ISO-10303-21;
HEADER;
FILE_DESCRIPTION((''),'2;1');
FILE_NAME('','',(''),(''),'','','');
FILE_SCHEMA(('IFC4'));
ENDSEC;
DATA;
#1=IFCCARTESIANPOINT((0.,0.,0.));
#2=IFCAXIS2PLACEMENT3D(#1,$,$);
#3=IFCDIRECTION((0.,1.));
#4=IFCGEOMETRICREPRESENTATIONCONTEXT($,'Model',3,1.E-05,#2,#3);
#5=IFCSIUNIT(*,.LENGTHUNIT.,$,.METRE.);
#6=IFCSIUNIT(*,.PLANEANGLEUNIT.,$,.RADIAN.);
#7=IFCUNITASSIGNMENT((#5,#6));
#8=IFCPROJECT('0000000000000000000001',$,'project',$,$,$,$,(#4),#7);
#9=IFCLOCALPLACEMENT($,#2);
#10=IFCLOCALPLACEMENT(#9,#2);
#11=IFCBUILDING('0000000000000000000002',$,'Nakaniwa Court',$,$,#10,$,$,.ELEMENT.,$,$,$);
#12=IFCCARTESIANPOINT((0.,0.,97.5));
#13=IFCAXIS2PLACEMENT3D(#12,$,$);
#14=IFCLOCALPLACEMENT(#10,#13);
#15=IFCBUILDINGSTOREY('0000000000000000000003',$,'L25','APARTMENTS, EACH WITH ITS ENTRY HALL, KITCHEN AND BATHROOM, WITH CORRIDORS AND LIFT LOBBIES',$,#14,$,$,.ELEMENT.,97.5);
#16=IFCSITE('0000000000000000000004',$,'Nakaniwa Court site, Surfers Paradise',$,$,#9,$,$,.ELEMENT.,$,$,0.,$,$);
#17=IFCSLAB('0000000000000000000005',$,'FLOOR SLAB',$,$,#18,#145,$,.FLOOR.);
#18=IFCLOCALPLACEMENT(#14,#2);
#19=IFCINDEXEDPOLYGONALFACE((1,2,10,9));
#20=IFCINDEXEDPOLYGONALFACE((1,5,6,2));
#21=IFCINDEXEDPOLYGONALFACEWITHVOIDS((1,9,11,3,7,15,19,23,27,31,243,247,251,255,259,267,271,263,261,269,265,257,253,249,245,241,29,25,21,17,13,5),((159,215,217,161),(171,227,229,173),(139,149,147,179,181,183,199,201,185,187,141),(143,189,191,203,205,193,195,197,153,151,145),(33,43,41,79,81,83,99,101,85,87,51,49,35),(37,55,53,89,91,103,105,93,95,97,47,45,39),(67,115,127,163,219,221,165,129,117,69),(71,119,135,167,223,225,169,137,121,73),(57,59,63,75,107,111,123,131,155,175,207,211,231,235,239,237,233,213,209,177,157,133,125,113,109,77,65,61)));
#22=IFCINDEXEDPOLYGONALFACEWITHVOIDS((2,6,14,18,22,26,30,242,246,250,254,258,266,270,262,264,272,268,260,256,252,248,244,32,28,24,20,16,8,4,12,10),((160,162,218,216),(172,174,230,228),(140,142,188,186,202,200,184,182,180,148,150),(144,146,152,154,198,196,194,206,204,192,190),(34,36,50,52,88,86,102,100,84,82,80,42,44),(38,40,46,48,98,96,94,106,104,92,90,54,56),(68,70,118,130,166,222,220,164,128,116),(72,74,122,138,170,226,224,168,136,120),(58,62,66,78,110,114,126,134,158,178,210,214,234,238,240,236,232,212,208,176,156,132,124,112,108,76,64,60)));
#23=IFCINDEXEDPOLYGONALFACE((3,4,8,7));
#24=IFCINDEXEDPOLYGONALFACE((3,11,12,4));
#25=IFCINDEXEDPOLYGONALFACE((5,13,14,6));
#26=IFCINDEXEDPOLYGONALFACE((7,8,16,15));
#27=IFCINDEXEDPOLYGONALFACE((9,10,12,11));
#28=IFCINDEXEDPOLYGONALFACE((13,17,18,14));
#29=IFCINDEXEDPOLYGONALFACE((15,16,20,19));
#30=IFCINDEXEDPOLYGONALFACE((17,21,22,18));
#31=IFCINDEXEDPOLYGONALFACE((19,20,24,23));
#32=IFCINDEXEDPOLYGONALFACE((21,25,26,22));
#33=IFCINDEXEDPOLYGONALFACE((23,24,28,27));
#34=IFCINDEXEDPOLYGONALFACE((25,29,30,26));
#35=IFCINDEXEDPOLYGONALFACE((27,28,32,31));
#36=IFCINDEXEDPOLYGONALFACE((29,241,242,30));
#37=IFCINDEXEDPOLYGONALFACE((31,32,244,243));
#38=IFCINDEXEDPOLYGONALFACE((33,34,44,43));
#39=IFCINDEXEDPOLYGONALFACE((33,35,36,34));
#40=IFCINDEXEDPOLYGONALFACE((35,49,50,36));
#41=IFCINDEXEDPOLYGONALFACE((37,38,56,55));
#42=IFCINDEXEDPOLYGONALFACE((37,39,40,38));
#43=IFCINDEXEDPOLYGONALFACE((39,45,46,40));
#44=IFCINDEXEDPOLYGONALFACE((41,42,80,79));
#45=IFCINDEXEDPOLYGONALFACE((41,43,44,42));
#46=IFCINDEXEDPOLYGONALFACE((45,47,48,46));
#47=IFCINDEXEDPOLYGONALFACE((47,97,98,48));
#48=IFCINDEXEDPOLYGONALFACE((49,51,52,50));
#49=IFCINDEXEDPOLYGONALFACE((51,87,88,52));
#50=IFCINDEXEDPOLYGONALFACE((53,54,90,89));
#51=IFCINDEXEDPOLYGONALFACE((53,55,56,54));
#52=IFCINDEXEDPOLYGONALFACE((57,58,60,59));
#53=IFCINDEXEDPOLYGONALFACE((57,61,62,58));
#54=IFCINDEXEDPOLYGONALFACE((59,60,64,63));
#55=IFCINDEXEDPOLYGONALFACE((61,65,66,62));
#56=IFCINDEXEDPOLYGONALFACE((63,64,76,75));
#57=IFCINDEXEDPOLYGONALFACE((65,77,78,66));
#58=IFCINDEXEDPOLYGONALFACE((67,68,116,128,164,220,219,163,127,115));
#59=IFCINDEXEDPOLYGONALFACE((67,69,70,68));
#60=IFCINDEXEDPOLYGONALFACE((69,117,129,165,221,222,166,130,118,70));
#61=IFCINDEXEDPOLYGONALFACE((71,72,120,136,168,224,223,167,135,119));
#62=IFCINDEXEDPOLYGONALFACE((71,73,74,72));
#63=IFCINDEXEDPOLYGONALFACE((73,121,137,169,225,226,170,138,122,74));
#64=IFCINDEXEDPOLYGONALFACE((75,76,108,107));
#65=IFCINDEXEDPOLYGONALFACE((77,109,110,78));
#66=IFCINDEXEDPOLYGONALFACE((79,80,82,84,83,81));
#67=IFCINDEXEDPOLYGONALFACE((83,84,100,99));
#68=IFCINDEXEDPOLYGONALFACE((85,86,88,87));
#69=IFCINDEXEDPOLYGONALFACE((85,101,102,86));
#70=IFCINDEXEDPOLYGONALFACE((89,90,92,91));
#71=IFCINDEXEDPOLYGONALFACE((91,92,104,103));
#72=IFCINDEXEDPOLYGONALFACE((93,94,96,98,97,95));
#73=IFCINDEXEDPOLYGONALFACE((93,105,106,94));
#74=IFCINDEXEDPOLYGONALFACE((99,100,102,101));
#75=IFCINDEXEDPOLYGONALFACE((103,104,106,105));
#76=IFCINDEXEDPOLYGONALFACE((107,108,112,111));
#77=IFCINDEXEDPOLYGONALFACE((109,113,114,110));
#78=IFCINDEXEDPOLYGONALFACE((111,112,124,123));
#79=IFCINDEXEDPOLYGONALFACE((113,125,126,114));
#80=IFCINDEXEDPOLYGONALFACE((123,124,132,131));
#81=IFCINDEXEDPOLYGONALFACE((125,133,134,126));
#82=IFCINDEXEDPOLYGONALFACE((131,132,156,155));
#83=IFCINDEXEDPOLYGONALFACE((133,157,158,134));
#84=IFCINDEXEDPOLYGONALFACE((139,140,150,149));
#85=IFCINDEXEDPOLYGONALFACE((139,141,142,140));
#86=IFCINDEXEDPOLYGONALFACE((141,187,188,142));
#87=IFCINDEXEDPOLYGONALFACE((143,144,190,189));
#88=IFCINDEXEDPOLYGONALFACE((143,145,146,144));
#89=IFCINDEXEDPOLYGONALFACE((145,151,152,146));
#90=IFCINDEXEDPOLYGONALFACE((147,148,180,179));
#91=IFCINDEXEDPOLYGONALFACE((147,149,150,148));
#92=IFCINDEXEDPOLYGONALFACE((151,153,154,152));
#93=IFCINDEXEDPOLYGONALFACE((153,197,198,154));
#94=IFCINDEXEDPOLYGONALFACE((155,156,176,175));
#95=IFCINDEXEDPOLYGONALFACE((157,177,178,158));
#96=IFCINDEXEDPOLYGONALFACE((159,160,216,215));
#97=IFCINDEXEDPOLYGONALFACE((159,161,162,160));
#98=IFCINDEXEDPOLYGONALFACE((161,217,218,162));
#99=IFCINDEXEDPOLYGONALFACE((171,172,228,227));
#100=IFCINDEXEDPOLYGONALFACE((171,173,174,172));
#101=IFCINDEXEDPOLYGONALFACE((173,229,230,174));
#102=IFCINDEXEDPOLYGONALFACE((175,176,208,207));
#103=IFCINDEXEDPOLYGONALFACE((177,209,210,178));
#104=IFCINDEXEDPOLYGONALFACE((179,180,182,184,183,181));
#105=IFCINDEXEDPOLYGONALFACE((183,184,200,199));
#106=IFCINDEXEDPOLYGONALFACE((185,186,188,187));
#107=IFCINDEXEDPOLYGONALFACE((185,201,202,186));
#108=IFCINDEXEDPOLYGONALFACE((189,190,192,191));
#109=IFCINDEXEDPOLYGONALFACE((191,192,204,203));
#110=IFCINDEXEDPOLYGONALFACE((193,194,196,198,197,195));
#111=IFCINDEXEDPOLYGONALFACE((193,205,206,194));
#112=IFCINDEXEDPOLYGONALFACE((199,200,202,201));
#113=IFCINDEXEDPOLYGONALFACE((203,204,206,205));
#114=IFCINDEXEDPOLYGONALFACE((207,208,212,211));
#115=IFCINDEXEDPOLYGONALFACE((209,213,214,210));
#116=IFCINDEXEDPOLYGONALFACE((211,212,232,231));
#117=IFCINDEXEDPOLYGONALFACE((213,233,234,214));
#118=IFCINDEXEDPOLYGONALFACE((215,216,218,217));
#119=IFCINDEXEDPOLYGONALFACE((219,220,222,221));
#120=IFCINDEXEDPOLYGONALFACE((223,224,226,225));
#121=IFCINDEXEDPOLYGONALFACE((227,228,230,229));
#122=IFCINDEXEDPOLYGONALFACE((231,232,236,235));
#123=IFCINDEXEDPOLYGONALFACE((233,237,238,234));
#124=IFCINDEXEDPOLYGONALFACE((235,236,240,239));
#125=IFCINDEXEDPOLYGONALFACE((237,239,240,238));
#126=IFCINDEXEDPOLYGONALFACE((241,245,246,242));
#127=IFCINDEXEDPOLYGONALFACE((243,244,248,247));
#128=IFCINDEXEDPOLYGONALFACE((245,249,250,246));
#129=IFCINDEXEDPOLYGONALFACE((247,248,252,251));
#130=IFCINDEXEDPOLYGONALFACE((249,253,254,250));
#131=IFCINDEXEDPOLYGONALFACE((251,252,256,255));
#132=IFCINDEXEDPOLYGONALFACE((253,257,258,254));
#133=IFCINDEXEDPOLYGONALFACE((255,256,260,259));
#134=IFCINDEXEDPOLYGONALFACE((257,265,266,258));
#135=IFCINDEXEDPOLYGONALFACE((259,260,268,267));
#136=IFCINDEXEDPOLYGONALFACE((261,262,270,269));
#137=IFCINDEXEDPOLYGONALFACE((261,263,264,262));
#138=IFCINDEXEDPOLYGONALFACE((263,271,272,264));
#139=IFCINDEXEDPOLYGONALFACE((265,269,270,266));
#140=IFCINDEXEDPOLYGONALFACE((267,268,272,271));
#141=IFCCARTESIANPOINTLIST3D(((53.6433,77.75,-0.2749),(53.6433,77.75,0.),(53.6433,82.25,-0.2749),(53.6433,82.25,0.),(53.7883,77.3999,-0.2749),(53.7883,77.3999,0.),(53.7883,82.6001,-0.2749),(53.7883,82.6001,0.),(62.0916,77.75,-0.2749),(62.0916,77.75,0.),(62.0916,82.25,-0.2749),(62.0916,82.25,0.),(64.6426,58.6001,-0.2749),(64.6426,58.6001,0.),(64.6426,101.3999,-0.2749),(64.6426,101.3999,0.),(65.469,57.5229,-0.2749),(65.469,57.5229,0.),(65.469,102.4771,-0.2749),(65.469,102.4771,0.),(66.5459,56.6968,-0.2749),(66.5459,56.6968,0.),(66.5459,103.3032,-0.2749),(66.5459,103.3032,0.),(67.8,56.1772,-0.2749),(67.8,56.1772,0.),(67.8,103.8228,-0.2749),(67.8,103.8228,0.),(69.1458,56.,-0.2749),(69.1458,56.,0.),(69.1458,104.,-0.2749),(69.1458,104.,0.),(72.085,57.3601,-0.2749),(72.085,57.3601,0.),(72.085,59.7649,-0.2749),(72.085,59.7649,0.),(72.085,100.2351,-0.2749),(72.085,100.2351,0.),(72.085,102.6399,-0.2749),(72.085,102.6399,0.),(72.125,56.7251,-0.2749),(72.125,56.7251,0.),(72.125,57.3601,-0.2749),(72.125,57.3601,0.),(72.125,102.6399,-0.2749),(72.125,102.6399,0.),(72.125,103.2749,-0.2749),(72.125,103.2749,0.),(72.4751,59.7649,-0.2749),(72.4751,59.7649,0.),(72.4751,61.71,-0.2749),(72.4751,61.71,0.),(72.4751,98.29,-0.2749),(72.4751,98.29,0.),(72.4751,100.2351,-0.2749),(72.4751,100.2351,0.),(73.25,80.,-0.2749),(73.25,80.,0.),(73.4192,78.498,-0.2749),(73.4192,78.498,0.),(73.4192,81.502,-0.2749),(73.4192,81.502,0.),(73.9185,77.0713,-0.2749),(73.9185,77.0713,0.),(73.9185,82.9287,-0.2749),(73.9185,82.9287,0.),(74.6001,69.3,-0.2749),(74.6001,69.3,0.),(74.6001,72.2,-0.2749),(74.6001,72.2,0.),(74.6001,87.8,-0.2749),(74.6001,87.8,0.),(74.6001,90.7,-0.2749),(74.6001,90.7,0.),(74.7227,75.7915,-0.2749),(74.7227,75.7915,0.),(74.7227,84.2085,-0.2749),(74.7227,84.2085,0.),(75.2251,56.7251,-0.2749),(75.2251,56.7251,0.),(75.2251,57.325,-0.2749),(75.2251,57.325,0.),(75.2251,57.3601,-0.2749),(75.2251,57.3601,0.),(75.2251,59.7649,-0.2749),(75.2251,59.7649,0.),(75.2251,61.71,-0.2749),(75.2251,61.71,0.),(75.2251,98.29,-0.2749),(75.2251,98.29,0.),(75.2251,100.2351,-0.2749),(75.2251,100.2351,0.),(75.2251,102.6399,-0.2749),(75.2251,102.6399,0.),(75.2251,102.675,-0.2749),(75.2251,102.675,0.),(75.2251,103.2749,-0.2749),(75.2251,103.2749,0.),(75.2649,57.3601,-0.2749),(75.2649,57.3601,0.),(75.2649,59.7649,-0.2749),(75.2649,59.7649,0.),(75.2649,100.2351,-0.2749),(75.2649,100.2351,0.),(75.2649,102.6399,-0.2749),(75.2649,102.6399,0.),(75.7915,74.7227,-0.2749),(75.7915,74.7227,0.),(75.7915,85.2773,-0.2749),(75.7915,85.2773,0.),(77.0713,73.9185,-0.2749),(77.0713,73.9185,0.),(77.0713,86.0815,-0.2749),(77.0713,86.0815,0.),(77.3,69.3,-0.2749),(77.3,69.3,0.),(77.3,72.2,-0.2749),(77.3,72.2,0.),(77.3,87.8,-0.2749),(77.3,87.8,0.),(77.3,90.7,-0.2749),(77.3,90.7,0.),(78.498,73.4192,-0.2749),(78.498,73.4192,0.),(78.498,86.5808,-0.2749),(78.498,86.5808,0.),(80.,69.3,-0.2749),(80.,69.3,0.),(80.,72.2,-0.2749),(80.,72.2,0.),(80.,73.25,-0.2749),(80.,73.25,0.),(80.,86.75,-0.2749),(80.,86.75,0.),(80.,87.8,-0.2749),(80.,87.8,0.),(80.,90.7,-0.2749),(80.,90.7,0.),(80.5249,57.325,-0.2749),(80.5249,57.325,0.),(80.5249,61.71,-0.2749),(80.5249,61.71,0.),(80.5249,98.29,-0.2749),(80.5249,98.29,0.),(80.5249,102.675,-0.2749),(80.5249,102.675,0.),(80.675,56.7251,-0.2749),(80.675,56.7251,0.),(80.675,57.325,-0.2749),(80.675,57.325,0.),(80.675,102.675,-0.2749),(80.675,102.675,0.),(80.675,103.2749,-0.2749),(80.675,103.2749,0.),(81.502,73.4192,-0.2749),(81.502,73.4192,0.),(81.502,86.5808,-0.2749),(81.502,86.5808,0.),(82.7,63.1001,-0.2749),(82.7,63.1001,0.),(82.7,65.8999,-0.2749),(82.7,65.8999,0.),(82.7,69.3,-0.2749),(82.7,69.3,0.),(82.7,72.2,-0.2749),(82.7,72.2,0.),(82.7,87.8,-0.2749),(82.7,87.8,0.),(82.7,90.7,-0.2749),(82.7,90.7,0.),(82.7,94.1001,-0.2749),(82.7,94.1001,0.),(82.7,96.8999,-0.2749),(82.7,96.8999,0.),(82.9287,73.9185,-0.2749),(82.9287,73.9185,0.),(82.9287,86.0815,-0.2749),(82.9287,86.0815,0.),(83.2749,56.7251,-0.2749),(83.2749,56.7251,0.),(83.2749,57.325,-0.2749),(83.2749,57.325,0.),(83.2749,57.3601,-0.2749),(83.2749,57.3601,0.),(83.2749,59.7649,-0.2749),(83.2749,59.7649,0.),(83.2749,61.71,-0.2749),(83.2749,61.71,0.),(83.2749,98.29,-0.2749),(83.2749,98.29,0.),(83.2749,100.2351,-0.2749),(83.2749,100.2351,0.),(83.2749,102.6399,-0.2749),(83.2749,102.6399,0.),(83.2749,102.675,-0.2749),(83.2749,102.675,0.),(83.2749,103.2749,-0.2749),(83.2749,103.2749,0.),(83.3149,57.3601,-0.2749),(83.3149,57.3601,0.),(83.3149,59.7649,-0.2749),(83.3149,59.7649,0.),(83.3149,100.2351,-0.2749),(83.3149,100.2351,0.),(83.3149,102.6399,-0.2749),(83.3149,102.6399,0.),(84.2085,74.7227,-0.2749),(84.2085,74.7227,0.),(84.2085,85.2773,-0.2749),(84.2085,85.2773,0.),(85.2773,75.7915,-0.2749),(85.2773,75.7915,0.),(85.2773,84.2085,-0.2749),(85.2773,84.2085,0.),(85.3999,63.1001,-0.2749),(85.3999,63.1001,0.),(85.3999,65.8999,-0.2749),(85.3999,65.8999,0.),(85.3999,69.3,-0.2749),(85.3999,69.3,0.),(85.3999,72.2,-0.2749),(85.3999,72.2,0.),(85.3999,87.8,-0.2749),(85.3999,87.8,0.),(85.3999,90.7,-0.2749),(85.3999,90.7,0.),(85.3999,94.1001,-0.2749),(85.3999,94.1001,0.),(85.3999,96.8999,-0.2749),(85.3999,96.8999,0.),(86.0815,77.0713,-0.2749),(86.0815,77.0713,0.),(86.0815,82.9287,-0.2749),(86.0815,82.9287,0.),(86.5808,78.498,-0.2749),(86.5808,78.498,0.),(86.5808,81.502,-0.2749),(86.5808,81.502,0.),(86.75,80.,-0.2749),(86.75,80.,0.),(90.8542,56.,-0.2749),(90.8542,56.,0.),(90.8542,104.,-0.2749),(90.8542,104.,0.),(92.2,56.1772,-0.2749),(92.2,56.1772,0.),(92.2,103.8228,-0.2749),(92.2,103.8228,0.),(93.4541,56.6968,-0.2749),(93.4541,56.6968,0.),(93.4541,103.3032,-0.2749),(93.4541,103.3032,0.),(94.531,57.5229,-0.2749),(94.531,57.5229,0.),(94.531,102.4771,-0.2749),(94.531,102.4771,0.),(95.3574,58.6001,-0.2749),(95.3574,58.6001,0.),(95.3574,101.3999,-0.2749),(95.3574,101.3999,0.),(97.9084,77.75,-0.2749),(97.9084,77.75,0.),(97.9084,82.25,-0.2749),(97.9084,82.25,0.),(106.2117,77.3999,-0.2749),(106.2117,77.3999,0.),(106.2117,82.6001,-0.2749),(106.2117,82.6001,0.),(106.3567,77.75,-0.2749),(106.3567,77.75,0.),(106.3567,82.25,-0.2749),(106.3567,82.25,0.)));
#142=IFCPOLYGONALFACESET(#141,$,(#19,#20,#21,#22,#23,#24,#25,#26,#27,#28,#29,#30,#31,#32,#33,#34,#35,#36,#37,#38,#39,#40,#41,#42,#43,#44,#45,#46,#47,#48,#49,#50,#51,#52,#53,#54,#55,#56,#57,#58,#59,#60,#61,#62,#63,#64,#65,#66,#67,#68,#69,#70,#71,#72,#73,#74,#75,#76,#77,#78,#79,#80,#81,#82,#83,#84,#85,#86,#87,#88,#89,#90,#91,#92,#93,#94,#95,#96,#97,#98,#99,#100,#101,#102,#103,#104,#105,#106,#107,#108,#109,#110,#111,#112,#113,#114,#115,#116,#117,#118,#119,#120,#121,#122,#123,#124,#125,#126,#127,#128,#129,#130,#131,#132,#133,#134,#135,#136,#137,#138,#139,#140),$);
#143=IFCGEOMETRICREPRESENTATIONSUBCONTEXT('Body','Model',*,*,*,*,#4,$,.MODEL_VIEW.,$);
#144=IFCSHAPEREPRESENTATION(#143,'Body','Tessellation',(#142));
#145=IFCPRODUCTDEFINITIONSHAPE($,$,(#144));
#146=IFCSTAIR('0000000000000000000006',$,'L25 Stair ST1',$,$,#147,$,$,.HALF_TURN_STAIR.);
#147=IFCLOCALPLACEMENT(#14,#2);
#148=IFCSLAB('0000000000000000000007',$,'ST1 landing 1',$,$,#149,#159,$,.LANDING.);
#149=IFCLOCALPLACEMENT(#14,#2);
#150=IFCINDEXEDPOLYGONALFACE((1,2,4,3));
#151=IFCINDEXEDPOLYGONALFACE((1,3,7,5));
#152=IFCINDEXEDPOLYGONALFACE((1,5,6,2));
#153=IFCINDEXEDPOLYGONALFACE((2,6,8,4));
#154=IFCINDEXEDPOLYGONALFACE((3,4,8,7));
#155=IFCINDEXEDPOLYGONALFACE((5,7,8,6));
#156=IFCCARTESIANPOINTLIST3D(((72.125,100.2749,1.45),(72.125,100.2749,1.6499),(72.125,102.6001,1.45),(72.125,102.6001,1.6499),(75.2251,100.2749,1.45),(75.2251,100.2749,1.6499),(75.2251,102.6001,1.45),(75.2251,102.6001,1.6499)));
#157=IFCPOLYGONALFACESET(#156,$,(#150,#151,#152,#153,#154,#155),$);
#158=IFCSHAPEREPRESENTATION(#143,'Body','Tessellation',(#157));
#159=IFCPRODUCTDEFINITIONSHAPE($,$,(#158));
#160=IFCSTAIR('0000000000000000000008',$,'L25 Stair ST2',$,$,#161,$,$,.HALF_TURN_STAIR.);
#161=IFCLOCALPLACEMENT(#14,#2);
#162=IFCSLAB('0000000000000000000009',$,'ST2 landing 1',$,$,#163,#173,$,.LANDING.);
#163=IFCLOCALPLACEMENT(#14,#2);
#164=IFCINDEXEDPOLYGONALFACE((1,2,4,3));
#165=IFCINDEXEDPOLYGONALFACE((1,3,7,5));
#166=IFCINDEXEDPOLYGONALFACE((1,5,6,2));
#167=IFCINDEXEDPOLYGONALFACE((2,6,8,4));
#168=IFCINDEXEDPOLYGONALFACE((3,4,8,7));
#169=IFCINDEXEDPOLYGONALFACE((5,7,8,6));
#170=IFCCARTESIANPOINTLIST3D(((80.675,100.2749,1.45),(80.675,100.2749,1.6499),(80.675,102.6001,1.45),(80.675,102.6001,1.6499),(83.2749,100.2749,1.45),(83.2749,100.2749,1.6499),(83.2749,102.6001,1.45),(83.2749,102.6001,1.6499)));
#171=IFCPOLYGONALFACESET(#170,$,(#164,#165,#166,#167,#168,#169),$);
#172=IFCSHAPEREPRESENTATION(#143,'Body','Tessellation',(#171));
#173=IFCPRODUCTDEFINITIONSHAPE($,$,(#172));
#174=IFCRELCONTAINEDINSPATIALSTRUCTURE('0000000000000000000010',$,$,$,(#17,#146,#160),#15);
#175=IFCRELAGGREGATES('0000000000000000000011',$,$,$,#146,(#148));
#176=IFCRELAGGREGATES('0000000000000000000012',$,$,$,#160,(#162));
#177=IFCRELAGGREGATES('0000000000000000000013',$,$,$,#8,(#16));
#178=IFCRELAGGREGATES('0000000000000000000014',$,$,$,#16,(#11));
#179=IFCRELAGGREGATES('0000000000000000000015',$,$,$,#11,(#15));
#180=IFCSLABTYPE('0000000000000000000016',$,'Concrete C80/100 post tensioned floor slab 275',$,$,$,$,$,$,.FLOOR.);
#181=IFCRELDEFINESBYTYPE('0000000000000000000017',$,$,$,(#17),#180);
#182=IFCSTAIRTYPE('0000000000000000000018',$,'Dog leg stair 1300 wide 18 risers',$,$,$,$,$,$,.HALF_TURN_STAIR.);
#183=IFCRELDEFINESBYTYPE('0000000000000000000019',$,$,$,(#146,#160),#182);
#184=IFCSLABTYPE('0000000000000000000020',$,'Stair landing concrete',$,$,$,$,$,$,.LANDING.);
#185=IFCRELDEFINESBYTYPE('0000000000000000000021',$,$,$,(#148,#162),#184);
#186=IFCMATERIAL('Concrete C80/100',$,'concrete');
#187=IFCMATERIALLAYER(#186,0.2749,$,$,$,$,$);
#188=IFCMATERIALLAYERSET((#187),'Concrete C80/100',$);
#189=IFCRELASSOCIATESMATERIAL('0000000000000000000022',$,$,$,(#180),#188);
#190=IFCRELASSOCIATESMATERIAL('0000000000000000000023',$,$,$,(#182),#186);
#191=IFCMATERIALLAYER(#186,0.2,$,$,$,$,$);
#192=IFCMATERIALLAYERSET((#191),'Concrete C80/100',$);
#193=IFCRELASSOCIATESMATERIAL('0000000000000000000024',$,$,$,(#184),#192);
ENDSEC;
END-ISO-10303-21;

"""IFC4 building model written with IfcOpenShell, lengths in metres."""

from ifc_helpers import new_model, si_unit, direction, frame, origin, place, context, subcontext, project, spatial, polyline, outline, extrude, material, layer, layer_set, type_object, element, aggregate, save


model = new_model("IFC4")

# Units and contexts
model_context = context("Model", 3, precision=1e-05, world=origin(), true_north=direction((0.0, 1.0)))
body_context = subcontext(model_context, "Body", "Model", "MODEL_VIEW")
ifc_project = project(units=[si_unit("LENGTHUNIT", "METRE"), si_unit("PLANEANGLEUNIT", "RADIAN")], contexts=[model_context])

# Site, building, storey
site_placement = place(None, origin())
site = spatial("IfcSite", under=ifc_project, at=site_placement, Name="Nakaniwa Court site, Surfers Paradise", CompositionType="ELEMENT", RefElevation=0.0)
building_placement = place(site_placement, origin())
building = spatial("IfcBuilding", under=site, at=building_placement, Name="Nakaniwa Court", CompositionType="ELEMENT")
storey_placement = place(building_placement, frame((0.0, 0.0, 97.5)))
storey = spatial("IfcBuildingStorey", under=building, at=storey_placement, Name="L25", Description="APARTMENTS, EACH WITH ITS ENTRY HALL, KITCHEN AND BATHROOM, WITH CORRIDORS AND LIFT LOBBIES", CompositionType="ELEMENT", Elevation=97.5)

# Shared definitions
ifc_material_1 = material(Name="Concrete C80/100", Category="concrete")

# Slab
ifc_layer_1 = layer(ifc_material_1, 0.2749)
ifc_layer_set_1 = layer_set([ifc_layer_1], Name="Concrete C80/100")
slab_type_1 = type_object("IfcSlabType", Name="Concrete C80/100 post tensioned floor slab 275", PredefinedType="FLOOR", material=ifc_layer_set_1)
slab_1_placement = place(storey_placement, frame((0.0, 0.0, -0.2749)))
element("IfcSlab", 1, at=slab_1_placement, inside=storey, type_object=slab_type_1, Name="FLOOR SLAB", PredefinedType="FLOOR", context=body_context, shape_type="SweptSolid", body=[
    extrude(outline(polyline([(97.9084, 82.25), (106.3567, 82.25), (106.2117, 82.6001), (95.3574, 101.3999), (94.531, 102.4771), (93.4541, 103.3032), (92.2, 103.8228), (90.8542, 104.0), (69.1458, 104.0), (67.8, 103.8228), (66.5459, 103.3032), (65.469, 102.4771), (64.6426, 101.3999), (53.7883, 82.6001), (53.6433, 82.25), (62.0916, 82.25), (62.0916, 77.75), (53.6433, 77.75), (53.7883, 77.3999), (64.6426, 58.6001), (65.469, 57.5229), (66.5459, 56.6968), (67.8, 56.1772), (69.1458, 56.0), (90.8542, 56.0), (92.2, 56.1772), (93.4541, 56.6968), (94.531, 57.5229), (95.3574, 58.6001), (106.2117, 77.3999), (106.3567, 77.75), (97.9084, 77.75), (97.9084, 82.25)]), holes=[polyline([(81.502, 86.5808), (80.0, 86.75), (78.498, 86.5808), (77.0713, 86.0815), (75.7915, 85.2773), (74.7227, 84.2085), (73.9185, 82.9287), (73.4192, 81.502), (73.25, 80.0), (73.4192, 78.498), (73.9185, 77.0713), (74.7227, 75.7915), (75.7915, 74.7227), (77.0713, 73.9185), (78.498, 73.4192), (80.0, 73.25), (81.502, 73.4192), (82.9287, 73.9185), (84.2085, 74.7227), (85.2773, 75.7915), (86.0815, 77.0713), (86.5808, 78.498), (86.75, 80.0), (86.5808, 81.502), (86.0815, 82.9287), (85.2773, 84.2085), (84.2085, 85.2773), (82.9287, 86.0815), (81.502, 86.5808)]), polyline([(75.2649, 57.3601), (75.2649, 59.7649), (75.2251, 59.7649), (75.2251, 61.71), (72.4751, 61.71), (72.4751, 59.7649), (72.085, 59.7649), (72.085, 57.3601), (72.125, 57.3601), (72.125, 56.7251), (75.2251, 56.7251), (75.2251, 57.325), (75.2251, 57.3601), (75.2649, 57.3601)]), polyline([(80.0, 69.3), (82.7, 69.3), (85.3999, 69.3), (85.3999, 72.2), (82.7, 72.2), (80.0, 72.2), (77.3, 72.2), (74.6001, 72.2), (74.6001, 69.3), (77.3, 69.3), (80.0, 69.3)]), polyline([(80.0, 87.8), (82.7, 87.8), (85.3999, 87.8), (85.3999, 90.7), (82.7, 90.7), (80.0, 90.7), (77.3, 90.7), (74.6001, 90.7), (74.6001, 87.8), (77.3, 87.8), (80.0, 87.8)]), polyline([(75.2649, 100.2351), (75.2649, 102.6399), (75.2251, 102.6399), (75.2251, 102.675), (75.2251, 103.2749), (72.125, 103.2749), (72.125, 102.6399), (72.085, 102.6399), (72.085, 100.2351), (72.4751, 100.2351), (72.4751, 98.29), (75.2251, 98.29), (75.2251, 100.2351), (75.2649, 100.2351)]), polyline([(83.2749, 61.71), (80.5249, 61.71), (80.5249, 57.325), (80.675, 57.325), (80.675, 56.7251), (83.2749, 56.7251), (83.2749, 57.325), (83.2749, 57.3601), (83.3149, 57.3601), (83.3149, 59.7649), (83.2749, 59.7649), (83.2749, 61.71)]), polyline([(85.3999, 65.8999), (82.7, 65.8999), (82.7, 63.1001), (85.3999, 63.1001), (85.3999, 65.8999)]), polyline([(85.3999, 96.8999), (82.7, 96.8999), (82.7, 94.1001), (85.3999, 94.1001), (85.3999, 96.8999)]), polyline([(83.2749, 100.2351), (83.3149, 100.2351), (83.3149, 102.6399), (83.2749, 102.6399), (83.2749, 102.675), (83.2749, 103.2749), (80.675, 103.2749), (80.675, 102.675), (80.5249, 102.675), (80.5249, 98.29), (83.2749, 98.29), (83.2749, 100.2351)])]), origin(), (0.0, 0.0, 1.0), 0.2749),
])

# Stairs, slabs
stair_type = type_object("IfcStairType", Name="Dog leg stair 1300 wide 18 risers", PredefinedType="HALF_TURN_STAIR", material=ifc_material_1)
stair_1_placement = place(storey_placement, origin())
stair_1 = element("IfcStair", 2, at=stair_1_placement, inside=storey, type_object=stair_type, Name="L25 Stair ST1", PredefinedType="HALF_TURN_STAIR")
ifc_layer_2 = layer(ifc_material_1, 0.2)
ifc_layer_set_2 = layer_set([ifc_layer_2], Name="Concrete C80/100")
slab_type_2 = type_object("IfcSlabType", Name="Stair landing concrete", PredefinedType="LANDING", material=ifc_layer_set_2)
slab_2_placement = place(storey_placement, frame((0.0, 0.0, 1.45)))
slab_2 = element("IfcSlab", 3, at=slab_2_placement, type_object=slab_type_2, Name="ST1 landing 1", PredefinedType="LANDING", context=body_context, shape_type="SweptSolid", body=[
    extrude(outline(polyline([(75.2251, 100.2749), (75.2251, 102.6001), (72.125, 102.6001), (72.125, 100.2749), (75.2251, 100.2749)])), origin(), (0.0, 0.0, 1.0), 0.2),
])
aggregate(stair_1, [slab_2])
stair_2_placement = place(storey_placement, origin())
stair_2 = element("IfcStair", 4, at=stair_2_placement, inside=storey, type_object=stair_type, Name="L25 Stair ST2", PredefinedType="HALF_TURN_STAIR")
slab_3_placement = place(storey_placement, frame((0.0, 0.0, 1.45)))
slab_3 = element("IfcSlab", 5, at=slab_3_placement, type_object=slab_type_2, Name="ST2 landing 1", PredefinedType="LANDING", context=body_context, shape_type="SweptSolid", body=[
    extrude(outline(polyline([(83.2749, 100.2749), (83.2749, 102.6001), (80.675, 102.6001), (80.675, 100.2749), (83.2749, 100.2749)])), origin(), (0.0, 0.0, 1.0), 0.2),
])
aggregate(stair_2, [slab_3])

save(model, "model.ifc")
